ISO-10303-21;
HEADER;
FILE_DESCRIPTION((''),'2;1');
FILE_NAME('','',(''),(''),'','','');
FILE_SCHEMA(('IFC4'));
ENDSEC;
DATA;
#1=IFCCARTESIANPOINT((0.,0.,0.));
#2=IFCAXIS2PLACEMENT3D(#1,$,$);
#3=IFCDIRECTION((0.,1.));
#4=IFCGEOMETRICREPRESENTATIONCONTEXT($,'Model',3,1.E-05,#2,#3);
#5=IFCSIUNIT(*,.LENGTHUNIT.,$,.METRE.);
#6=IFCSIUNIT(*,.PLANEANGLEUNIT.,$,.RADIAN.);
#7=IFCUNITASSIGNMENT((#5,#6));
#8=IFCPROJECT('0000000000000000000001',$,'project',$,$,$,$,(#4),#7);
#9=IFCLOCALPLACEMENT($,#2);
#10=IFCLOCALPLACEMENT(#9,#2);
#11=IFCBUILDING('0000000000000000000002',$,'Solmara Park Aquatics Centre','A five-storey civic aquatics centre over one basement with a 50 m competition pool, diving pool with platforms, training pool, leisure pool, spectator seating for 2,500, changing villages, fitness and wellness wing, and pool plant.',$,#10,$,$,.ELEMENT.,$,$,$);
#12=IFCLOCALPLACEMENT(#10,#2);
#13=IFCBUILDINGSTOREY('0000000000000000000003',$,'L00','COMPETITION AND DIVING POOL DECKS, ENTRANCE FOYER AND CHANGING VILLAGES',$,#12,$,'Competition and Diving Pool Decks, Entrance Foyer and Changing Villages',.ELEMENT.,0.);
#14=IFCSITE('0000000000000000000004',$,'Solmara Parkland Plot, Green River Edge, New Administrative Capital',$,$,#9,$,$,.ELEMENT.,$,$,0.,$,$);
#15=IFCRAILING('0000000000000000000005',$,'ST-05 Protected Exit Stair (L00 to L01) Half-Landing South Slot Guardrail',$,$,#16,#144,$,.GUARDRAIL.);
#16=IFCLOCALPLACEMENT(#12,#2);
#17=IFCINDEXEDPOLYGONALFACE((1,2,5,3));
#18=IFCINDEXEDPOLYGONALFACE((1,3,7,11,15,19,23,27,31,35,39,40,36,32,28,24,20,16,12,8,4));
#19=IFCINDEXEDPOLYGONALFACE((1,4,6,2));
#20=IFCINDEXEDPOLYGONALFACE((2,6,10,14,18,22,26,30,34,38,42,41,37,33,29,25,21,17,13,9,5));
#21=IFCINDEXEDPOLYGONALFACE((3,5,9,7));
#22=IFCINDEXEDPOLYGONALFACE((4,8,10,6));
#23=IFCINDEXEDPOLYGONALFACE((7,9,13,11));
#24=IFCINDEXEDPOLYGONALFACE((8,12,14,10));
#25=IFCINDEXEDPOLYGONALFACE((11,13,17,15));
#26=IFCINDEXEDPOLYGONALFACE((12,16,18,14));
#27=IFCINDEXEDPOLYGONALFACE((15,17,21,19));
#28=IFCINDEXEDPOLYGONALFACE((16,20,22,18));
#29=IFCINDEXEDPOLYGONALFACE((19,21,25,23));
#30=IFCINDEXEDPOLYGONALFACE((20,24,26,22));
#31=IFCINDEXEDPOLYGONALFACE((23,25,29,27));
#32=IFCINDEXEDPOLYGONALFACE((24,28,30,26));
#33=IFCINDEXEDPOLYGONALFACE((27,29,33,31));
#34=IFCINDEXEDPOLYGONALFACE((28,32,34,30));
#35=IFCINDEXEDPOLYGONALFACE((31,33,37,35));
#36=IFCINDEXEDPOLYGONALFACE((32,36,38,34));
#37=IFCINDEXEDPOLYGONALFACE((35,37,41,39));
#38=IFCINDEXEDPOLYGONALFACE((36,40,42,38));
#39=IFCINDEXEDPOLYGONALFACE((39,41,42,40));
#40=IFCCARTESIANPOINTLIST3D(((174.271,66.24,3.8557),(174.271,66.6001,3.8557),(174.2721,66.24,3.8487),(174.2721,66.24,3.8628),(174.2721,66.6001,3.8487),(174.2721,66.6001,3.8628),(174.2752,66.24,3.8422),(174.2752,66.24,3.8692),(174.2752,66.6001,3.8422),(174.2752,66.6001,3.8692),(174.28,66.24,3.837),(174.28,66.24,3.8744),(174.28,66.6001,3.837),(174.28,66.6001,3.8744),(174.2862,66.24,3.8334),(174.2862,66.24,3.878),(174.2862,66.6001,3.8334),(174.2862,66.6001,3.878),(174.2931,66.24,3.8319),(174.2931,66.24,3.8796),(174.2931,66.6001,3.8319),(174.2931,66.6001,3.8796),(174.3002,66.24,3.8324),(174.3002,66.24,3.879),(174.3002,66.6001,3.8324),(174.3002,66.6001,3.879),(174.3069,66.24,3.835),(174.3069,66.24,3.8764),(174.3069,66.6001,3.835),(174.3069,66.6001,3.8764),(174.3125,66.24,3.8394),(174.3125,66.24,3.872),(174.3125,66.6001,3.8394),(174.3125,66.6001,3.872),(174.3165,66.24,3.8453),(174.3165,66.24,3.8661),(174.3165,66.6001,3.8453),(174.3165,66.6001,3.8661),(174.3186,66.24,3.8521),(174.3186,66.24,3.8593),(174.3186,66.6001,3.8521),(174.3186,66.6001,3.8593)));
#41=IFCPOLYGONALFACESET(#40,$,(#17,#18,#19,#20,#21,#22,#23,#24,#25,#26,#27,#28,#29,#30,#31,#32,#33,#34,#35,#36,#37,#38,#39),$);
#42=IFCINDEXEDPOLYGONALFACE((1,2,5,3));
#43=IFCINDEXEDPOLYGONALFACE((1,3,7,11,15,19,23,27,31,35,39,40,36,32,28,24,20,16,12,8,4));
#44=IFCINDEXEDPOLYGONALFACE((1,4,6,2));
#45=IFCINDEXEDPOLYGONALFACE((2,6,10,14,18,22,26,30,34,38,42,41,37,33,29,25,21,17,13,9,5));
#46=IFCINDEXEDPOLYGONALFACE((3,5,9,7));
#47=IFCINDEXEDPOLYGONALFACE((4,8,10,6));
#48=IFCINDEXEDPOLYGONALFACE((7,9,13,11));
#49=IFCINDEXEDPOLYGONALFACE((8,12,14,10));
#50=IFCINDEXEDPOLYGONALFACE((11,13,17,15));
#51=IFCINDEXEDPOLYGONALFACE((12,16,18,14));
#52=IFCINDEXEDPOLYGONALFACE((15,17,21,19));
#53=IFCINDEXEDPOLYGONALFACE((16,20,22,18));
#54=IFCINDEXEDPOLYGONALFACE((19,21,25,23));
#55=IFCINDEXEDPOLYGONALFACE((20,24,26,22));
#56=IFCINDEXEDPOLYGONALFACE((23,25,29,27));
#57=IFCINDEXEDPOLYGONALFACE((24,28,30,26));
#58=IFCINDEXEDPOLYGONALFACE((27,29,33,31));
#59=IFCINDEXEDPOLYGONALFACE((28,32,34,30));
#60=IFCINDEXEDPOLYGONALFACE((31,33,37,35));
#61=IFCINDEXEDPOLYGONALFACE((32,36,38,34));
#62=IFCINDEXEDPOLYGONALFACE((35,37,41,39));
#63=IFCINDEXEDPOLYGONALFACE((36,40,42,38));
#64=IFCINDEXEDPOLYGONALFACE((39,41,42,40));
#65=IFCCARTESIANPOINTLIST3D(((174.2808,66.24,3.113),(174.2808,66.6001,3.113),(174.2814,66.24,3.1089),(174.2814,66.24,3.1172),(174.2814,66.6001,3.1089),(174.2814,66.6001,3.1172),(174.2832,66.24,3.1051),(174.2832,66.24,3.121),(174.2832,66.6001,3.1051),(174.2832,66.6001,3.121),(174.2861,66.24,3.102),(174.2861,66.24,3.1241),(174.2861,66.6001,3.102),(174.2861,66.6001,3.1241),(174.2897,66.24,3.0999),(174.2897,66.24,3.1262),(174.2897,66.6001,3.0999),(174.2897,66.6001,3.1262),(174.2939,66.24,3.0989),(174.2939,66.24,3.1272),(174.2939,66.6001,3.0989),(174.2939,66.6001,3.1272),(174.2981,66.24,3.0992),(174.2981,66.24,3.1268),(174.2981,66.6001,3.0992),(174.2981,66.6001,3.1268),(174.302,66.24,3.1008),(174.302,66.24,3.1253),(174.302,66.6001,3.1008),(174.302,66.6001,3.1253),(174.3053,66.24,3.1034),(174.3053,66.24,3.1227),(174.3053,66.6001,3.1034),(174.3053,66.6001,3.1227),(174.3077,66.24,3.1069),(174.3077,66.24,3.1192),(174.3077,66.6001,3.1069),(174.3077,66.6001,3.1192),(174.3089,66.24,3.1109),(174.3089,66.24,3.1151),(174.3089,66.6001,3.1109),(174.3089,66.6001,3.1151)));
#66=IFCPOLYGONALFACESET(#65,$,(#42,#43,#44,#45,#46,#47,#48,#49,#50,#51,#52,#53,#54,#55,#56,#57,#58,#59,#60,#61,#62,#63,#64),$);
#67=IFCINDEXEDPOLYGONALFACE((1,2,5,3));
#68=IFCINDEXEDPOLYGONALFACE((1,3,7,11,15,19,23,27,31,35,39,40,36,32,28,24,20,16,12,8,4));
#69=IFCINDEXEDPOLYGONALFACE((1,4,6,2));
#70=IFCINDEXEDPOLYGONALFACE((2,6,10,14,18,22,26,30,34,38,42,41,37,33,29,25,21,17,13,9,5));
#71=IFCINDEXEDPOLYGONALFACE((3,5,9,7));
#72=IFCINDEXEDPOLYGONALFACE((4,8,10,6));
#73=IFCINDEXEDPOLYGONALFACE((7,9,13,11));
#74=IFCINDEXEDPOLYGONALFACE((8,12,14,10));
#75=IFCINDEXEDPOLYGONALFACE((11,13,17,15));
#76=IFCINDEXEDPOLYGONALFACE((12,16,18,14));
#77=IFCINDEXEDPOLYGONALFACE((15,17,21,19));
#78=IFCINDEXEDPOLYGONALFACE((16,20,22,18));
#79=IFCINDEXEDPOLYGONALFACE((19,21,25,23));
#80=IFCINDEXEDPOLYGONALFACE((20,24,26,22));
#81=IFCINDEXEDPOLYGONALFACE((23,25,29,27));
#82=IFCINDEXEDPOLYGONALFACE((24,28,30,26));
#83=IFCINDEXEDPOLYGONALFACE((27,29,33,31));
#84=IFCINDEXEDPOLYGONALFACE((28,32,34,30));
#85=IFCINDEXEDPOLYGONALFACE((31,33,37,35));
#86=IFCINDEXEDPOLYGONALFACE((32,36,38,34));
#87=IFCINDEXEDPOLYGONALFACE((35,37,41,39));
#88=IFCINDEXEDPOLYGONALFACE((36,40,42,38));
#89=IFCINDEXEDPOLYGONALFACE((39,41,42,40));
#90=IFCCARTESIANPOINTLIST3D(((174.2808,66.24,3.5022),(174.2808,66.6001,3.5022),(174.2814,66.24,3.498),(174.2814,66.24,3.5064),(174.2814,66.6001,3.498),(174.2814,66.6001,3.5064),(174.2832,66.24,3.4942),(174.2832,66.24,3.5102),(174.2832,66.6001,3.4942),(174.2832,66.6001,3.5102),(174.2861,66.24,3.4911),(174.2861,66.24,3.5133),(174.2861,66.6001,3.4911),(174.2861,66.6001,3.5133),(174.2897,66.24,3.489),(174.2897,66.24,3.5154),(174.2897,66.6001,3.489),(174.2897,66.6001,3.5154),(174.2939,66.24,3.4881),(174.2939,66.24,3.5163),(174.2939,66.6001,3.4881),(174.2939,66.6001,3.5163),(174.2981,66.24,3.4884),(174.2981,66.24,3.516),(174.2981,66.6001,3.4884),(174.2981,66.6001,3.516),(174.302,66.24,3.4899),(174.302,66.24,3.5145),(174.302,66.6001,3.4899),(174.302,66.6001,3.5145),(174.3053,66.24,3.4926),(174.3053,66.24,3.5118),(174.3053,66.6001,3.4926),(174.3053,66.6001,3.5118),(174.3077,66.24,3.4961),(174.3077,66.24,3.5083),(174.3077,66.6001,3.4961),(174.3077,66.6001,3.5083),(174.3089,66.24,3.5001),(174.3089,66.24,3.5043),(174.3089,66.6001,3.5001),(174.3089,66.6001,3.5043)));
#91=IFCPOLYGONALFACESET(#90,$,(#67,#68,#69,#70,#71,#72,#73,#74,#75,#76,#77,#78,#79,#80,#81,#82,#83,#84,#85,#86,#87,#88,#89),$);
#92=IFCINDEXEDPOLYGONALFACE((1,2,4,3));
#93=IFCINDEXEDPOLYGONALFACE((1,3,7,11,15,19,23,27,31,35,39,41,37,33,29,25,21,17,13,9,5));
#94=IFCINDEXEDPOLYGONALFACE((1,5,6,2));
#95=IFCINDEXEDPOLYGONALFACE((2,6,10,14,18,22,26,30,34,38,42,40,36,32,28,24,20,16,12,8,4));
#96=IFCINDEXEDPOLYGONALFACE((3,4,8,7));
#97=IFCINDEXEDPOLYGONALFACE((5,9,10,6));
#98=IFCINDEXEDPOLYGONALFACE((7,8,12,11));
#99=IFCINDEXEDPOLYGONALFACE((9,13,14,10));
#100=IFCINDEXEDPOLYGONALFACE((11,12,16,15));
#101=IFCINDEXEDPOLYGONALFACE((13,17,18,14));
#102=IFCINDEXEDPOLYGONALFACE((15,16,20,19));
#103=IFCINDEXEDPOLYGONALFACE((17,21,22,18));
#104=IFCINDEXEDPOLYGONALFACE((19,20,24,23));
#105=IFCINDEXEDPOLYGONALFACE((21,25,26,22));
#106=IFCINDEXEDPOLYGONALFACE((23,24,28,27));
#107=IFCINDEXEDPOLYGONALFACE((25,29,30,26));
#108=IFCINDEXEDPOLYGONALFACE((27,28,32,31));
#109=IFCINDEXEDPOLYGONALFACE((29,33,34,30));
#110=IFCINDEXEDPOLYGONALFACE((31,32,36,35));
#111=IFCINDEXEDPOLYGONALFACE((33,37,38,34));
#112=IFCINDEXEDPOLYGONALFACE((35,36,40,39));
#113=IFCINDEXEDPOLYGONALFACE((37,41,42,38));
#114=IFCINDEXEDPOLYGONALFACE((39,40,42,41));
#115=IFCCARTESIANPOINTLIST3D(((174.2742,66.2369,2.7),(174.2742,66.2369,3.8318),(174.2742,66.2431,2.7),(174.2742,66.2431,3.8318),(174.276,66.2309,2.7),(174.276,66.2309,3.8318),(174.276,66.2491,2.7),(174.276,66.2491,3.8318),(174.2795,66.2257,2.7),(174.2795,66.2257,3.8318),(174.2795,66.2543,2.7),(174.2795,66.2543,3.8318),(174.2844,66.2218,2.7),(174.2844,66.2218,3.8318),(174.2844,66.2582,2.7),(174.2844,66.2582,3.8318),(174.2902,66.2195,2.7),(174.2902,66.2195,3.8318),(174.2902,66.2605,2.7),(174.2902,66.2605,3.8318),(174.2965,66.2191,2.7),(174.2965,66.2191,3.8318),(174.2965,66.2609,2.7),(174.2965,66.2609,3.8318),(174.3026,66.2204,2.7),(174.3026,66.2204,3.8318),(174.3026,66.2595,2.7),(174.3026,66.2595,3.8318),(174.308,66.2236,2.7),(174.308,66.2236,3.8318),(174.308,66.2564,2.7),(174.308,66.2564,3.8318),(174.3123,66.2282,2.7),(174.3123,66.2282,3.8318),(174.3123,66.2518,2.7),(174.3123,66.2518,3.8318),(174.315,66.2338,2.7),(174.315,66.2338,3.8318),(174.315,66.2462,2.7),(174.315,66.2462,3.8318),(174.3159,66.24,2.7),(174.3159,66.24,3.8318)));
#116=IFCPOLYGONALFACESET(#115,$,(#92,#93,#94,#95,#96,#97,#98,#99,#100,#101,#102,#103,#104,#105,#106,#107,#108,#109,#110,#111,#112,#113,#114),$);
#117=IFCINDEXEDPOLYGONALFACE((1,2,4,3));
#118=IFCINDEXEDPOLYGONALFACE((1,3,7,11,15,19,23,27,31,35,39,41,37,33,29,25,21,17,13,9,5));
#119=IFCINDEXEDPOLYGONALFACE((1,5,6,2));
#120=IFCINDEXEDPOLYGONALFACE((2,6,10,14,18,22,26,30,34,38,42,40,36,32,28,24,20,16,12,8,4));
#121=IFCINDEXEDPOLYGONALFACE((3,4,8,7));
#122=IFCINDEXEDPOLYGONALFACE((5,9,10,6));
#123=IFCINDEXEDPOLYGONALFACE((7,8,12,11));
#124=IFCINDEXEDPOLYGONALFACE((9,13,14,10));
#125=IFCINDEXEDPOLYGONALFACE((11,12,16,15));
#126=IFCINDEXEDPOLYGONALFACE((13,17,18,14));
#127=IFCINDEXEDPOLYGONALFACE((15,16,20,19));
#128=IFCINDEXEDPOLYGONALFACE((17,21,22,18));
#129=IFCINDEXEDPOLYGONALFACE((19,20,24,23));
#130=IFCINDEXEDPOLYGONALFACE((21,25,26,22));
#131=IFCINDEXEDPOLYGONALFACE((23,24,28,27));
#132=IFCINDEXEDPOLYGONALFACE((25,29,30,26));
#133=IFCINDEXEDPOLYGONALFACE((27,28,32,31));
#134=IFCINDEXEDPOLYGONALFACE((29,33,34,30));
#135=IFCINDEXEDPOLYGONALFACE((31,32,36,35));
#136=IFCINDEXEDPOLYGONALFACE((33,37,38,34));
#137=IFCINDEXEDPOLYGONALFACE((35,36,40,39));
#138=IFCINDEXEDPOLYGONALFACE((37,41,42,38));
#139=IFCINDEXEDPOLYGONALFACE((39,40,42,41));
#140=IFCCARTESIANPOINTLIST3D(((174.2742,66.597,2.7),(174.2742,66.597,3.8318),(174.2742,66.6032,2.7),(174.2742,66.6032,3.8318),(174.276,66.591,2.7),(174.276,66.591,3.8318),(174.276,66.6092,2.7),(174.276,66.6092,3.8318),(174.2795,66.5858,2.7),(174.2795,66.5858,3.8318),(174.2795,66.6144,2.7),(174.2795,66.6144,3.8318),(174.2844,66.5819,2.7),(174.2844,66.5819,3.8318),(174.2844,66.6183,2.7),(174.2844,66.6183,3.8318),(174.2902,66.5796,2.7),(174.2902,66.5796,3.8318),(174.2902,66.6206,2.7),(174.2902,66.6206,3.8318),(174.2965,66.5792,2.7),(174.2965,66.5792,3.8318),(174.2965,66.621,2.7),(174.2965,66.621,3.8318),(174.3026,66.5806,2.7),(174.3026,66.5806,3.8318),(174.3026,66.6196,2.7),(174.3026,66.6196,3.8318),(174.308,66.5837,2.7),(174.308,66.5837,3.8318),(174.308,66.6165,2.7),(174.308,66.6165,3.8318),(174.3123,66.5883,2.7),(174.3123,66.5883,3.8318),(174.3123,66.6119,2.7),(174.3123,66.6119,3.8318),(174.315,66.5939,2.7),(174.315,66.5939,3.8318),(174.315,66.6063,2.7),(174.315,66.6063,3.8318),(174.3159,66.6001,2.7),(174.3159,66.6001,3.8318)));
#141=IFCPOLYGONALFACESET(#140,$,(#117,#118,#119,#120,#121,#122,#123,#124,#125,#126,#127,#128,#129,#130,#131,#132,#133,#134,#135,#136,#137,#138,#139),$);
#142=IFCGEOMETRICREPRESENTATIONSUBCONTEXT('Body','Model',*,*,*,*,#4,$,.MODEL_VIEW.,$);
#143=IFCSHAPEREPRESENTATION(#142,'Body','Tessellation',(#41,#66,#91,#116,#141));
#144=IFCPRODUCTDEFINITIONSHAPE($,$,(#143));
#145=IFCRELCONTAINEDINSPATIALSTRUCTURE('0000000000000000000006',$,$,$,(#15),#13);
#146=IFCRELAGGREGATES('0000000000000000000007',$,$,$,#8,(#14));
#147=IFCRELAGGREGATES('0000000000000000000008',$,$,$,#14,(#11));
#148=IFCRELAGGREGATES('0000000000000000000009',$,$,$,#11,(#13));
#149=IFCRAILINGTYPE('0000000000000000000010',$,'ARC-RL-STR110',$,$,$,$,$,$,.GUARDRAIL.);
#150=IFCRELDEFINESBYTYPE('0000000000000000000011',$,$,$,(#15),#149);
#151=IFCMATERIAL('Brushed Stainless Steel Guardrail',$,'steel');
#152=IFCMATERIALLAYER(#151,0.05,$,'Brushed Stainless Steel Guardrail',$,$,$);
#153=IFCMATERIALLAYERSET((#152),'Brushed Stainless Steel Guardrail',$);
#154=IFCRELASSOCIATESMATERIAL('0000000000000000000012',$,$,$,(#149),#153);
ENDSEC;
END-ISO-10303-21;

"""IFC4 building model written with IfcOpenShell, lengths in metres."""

from ifc_helpers import new_model, si_unit, direction, frame, origin, origin_2d, place, context, subcontext, project, spatial, circle, extrude, material, layer, layer_set, type_object, element, save


model = new_model("IFC4")

# Units and contexts
model_context = context("Model", 3, precision=1e-05, world=origin(), true_north=direction((0.0, 1.0)))
body_context = subcontext(model_context, "Body", "Model", "MODEL_VIEW")
ifc_project = project(units=[si_unit("LENGTHUNIT", "METRE"), si_unit("PLANEANGLEUNIT", "RADIAN")], contexts=[model_context])

# Site, building, storey
site_placement = place(None, origin())
site = spatial("IfcSite", under=ifc_project, at=site_placement, Name="Solmara Parkland Plot, Green River Edge, New Administrative Capital", CompositionType="ELEMENT", RefElevation=0.0)
building_placement = place(site_placement, origin())
building = spatial("IfcBuilding", under=site, at=building_placement, Name="Solmara Park Aquatics Centre", Description="A five-storey civic aquatics centre over one basement with a 50 m competition pool, diving pool with platforms, training pool, leisure pool, spectator seating for 2,500, changing villages, fitness and wellness wing, and pool plant.", CompositionType="ELEMENT")
storey_placement = place(building_placement, origin())
storey = spatial("IfcBuildingStorey", under=building, at=storey_placement, Name="L00", Description="COMPETITION AND DIVING POOL DECKS, ENTRANCE FOYER AND CHANGING VILLAGES", LongName="Competition and Diving Pool Decks, Entrance Foyer and Changing Villages", CompositionType="ELEMENT", Elevation=0.0)

# Railing
ifc_material_1 = material(Name="Brushed Stainless Steel Guardrail", Category="steel")
ifc_layer_1 = layer(ifc_material_1, 0.05, Name="Brushed Stainless Steel Guardrail")
ifc_layer_set_1 = layer_set([ifc_layer_1], Name="Brushed Stainless Steel Guardrail")
railing_type_1 = type_object("IfcRailingType", Name="ARC-RL-STR110", PredefinedType="GUARDRAIL", material=ifc_layer_set_1)
railing_1_placement = place(storey_placement, frame((174.2949, 66.24, 2.7)))
element("IfcRailing", 1, at=railing_1_placement, inside=storey, type_object=railing_type_1, Name="ST-05 Protected Exit Stair (L00 to L01) Half-Landing South Slot Guardrail", PredefinedType="GUARDRAIL", context=body_context, shape_type="SweptSolid", body=[
    extrude(circle(Radius=0.0239, at=origin_2d()), frame((0.0, 0.0, 1.1558), z_axis=(0.0, 1.0, 0.0), x_axis=(-1.0, 0.0, 0.0)), (0.0, 0.0, 1.0), 0.3601),
    extrude(circle(Radius=0.0142, at=origin_2d()), frame((0.0, 0.0, 0.4131), z_axis=(0.0, 1.0, 0.0), x_axis=(-1.0, 0.0, 0.0)), (0.0, 0.0, 1.0), 0.3601),
    extrude(circle(Radius=0.0142, at=origin_2d()), frame((0.0, 0.0, 0.8022), z_axis=(0.0, 1.0, 0.0), x_axis=(-1.0, 0.0, 0.0)), (0.0, 0.0, 1.0), 0.3601),
    extrude(circle(Radius=0.021, at=origin_2d()), origin(), (0.0, 0.0, 1.0), 1.1318),
    extrude(circle(Radius=0.021, at=origin_2d()), frame((0.0, 0.3601, 0.0)), (0.0, 0.0, 1.0), 1.1318),
])

save(model, "model.ifc")
